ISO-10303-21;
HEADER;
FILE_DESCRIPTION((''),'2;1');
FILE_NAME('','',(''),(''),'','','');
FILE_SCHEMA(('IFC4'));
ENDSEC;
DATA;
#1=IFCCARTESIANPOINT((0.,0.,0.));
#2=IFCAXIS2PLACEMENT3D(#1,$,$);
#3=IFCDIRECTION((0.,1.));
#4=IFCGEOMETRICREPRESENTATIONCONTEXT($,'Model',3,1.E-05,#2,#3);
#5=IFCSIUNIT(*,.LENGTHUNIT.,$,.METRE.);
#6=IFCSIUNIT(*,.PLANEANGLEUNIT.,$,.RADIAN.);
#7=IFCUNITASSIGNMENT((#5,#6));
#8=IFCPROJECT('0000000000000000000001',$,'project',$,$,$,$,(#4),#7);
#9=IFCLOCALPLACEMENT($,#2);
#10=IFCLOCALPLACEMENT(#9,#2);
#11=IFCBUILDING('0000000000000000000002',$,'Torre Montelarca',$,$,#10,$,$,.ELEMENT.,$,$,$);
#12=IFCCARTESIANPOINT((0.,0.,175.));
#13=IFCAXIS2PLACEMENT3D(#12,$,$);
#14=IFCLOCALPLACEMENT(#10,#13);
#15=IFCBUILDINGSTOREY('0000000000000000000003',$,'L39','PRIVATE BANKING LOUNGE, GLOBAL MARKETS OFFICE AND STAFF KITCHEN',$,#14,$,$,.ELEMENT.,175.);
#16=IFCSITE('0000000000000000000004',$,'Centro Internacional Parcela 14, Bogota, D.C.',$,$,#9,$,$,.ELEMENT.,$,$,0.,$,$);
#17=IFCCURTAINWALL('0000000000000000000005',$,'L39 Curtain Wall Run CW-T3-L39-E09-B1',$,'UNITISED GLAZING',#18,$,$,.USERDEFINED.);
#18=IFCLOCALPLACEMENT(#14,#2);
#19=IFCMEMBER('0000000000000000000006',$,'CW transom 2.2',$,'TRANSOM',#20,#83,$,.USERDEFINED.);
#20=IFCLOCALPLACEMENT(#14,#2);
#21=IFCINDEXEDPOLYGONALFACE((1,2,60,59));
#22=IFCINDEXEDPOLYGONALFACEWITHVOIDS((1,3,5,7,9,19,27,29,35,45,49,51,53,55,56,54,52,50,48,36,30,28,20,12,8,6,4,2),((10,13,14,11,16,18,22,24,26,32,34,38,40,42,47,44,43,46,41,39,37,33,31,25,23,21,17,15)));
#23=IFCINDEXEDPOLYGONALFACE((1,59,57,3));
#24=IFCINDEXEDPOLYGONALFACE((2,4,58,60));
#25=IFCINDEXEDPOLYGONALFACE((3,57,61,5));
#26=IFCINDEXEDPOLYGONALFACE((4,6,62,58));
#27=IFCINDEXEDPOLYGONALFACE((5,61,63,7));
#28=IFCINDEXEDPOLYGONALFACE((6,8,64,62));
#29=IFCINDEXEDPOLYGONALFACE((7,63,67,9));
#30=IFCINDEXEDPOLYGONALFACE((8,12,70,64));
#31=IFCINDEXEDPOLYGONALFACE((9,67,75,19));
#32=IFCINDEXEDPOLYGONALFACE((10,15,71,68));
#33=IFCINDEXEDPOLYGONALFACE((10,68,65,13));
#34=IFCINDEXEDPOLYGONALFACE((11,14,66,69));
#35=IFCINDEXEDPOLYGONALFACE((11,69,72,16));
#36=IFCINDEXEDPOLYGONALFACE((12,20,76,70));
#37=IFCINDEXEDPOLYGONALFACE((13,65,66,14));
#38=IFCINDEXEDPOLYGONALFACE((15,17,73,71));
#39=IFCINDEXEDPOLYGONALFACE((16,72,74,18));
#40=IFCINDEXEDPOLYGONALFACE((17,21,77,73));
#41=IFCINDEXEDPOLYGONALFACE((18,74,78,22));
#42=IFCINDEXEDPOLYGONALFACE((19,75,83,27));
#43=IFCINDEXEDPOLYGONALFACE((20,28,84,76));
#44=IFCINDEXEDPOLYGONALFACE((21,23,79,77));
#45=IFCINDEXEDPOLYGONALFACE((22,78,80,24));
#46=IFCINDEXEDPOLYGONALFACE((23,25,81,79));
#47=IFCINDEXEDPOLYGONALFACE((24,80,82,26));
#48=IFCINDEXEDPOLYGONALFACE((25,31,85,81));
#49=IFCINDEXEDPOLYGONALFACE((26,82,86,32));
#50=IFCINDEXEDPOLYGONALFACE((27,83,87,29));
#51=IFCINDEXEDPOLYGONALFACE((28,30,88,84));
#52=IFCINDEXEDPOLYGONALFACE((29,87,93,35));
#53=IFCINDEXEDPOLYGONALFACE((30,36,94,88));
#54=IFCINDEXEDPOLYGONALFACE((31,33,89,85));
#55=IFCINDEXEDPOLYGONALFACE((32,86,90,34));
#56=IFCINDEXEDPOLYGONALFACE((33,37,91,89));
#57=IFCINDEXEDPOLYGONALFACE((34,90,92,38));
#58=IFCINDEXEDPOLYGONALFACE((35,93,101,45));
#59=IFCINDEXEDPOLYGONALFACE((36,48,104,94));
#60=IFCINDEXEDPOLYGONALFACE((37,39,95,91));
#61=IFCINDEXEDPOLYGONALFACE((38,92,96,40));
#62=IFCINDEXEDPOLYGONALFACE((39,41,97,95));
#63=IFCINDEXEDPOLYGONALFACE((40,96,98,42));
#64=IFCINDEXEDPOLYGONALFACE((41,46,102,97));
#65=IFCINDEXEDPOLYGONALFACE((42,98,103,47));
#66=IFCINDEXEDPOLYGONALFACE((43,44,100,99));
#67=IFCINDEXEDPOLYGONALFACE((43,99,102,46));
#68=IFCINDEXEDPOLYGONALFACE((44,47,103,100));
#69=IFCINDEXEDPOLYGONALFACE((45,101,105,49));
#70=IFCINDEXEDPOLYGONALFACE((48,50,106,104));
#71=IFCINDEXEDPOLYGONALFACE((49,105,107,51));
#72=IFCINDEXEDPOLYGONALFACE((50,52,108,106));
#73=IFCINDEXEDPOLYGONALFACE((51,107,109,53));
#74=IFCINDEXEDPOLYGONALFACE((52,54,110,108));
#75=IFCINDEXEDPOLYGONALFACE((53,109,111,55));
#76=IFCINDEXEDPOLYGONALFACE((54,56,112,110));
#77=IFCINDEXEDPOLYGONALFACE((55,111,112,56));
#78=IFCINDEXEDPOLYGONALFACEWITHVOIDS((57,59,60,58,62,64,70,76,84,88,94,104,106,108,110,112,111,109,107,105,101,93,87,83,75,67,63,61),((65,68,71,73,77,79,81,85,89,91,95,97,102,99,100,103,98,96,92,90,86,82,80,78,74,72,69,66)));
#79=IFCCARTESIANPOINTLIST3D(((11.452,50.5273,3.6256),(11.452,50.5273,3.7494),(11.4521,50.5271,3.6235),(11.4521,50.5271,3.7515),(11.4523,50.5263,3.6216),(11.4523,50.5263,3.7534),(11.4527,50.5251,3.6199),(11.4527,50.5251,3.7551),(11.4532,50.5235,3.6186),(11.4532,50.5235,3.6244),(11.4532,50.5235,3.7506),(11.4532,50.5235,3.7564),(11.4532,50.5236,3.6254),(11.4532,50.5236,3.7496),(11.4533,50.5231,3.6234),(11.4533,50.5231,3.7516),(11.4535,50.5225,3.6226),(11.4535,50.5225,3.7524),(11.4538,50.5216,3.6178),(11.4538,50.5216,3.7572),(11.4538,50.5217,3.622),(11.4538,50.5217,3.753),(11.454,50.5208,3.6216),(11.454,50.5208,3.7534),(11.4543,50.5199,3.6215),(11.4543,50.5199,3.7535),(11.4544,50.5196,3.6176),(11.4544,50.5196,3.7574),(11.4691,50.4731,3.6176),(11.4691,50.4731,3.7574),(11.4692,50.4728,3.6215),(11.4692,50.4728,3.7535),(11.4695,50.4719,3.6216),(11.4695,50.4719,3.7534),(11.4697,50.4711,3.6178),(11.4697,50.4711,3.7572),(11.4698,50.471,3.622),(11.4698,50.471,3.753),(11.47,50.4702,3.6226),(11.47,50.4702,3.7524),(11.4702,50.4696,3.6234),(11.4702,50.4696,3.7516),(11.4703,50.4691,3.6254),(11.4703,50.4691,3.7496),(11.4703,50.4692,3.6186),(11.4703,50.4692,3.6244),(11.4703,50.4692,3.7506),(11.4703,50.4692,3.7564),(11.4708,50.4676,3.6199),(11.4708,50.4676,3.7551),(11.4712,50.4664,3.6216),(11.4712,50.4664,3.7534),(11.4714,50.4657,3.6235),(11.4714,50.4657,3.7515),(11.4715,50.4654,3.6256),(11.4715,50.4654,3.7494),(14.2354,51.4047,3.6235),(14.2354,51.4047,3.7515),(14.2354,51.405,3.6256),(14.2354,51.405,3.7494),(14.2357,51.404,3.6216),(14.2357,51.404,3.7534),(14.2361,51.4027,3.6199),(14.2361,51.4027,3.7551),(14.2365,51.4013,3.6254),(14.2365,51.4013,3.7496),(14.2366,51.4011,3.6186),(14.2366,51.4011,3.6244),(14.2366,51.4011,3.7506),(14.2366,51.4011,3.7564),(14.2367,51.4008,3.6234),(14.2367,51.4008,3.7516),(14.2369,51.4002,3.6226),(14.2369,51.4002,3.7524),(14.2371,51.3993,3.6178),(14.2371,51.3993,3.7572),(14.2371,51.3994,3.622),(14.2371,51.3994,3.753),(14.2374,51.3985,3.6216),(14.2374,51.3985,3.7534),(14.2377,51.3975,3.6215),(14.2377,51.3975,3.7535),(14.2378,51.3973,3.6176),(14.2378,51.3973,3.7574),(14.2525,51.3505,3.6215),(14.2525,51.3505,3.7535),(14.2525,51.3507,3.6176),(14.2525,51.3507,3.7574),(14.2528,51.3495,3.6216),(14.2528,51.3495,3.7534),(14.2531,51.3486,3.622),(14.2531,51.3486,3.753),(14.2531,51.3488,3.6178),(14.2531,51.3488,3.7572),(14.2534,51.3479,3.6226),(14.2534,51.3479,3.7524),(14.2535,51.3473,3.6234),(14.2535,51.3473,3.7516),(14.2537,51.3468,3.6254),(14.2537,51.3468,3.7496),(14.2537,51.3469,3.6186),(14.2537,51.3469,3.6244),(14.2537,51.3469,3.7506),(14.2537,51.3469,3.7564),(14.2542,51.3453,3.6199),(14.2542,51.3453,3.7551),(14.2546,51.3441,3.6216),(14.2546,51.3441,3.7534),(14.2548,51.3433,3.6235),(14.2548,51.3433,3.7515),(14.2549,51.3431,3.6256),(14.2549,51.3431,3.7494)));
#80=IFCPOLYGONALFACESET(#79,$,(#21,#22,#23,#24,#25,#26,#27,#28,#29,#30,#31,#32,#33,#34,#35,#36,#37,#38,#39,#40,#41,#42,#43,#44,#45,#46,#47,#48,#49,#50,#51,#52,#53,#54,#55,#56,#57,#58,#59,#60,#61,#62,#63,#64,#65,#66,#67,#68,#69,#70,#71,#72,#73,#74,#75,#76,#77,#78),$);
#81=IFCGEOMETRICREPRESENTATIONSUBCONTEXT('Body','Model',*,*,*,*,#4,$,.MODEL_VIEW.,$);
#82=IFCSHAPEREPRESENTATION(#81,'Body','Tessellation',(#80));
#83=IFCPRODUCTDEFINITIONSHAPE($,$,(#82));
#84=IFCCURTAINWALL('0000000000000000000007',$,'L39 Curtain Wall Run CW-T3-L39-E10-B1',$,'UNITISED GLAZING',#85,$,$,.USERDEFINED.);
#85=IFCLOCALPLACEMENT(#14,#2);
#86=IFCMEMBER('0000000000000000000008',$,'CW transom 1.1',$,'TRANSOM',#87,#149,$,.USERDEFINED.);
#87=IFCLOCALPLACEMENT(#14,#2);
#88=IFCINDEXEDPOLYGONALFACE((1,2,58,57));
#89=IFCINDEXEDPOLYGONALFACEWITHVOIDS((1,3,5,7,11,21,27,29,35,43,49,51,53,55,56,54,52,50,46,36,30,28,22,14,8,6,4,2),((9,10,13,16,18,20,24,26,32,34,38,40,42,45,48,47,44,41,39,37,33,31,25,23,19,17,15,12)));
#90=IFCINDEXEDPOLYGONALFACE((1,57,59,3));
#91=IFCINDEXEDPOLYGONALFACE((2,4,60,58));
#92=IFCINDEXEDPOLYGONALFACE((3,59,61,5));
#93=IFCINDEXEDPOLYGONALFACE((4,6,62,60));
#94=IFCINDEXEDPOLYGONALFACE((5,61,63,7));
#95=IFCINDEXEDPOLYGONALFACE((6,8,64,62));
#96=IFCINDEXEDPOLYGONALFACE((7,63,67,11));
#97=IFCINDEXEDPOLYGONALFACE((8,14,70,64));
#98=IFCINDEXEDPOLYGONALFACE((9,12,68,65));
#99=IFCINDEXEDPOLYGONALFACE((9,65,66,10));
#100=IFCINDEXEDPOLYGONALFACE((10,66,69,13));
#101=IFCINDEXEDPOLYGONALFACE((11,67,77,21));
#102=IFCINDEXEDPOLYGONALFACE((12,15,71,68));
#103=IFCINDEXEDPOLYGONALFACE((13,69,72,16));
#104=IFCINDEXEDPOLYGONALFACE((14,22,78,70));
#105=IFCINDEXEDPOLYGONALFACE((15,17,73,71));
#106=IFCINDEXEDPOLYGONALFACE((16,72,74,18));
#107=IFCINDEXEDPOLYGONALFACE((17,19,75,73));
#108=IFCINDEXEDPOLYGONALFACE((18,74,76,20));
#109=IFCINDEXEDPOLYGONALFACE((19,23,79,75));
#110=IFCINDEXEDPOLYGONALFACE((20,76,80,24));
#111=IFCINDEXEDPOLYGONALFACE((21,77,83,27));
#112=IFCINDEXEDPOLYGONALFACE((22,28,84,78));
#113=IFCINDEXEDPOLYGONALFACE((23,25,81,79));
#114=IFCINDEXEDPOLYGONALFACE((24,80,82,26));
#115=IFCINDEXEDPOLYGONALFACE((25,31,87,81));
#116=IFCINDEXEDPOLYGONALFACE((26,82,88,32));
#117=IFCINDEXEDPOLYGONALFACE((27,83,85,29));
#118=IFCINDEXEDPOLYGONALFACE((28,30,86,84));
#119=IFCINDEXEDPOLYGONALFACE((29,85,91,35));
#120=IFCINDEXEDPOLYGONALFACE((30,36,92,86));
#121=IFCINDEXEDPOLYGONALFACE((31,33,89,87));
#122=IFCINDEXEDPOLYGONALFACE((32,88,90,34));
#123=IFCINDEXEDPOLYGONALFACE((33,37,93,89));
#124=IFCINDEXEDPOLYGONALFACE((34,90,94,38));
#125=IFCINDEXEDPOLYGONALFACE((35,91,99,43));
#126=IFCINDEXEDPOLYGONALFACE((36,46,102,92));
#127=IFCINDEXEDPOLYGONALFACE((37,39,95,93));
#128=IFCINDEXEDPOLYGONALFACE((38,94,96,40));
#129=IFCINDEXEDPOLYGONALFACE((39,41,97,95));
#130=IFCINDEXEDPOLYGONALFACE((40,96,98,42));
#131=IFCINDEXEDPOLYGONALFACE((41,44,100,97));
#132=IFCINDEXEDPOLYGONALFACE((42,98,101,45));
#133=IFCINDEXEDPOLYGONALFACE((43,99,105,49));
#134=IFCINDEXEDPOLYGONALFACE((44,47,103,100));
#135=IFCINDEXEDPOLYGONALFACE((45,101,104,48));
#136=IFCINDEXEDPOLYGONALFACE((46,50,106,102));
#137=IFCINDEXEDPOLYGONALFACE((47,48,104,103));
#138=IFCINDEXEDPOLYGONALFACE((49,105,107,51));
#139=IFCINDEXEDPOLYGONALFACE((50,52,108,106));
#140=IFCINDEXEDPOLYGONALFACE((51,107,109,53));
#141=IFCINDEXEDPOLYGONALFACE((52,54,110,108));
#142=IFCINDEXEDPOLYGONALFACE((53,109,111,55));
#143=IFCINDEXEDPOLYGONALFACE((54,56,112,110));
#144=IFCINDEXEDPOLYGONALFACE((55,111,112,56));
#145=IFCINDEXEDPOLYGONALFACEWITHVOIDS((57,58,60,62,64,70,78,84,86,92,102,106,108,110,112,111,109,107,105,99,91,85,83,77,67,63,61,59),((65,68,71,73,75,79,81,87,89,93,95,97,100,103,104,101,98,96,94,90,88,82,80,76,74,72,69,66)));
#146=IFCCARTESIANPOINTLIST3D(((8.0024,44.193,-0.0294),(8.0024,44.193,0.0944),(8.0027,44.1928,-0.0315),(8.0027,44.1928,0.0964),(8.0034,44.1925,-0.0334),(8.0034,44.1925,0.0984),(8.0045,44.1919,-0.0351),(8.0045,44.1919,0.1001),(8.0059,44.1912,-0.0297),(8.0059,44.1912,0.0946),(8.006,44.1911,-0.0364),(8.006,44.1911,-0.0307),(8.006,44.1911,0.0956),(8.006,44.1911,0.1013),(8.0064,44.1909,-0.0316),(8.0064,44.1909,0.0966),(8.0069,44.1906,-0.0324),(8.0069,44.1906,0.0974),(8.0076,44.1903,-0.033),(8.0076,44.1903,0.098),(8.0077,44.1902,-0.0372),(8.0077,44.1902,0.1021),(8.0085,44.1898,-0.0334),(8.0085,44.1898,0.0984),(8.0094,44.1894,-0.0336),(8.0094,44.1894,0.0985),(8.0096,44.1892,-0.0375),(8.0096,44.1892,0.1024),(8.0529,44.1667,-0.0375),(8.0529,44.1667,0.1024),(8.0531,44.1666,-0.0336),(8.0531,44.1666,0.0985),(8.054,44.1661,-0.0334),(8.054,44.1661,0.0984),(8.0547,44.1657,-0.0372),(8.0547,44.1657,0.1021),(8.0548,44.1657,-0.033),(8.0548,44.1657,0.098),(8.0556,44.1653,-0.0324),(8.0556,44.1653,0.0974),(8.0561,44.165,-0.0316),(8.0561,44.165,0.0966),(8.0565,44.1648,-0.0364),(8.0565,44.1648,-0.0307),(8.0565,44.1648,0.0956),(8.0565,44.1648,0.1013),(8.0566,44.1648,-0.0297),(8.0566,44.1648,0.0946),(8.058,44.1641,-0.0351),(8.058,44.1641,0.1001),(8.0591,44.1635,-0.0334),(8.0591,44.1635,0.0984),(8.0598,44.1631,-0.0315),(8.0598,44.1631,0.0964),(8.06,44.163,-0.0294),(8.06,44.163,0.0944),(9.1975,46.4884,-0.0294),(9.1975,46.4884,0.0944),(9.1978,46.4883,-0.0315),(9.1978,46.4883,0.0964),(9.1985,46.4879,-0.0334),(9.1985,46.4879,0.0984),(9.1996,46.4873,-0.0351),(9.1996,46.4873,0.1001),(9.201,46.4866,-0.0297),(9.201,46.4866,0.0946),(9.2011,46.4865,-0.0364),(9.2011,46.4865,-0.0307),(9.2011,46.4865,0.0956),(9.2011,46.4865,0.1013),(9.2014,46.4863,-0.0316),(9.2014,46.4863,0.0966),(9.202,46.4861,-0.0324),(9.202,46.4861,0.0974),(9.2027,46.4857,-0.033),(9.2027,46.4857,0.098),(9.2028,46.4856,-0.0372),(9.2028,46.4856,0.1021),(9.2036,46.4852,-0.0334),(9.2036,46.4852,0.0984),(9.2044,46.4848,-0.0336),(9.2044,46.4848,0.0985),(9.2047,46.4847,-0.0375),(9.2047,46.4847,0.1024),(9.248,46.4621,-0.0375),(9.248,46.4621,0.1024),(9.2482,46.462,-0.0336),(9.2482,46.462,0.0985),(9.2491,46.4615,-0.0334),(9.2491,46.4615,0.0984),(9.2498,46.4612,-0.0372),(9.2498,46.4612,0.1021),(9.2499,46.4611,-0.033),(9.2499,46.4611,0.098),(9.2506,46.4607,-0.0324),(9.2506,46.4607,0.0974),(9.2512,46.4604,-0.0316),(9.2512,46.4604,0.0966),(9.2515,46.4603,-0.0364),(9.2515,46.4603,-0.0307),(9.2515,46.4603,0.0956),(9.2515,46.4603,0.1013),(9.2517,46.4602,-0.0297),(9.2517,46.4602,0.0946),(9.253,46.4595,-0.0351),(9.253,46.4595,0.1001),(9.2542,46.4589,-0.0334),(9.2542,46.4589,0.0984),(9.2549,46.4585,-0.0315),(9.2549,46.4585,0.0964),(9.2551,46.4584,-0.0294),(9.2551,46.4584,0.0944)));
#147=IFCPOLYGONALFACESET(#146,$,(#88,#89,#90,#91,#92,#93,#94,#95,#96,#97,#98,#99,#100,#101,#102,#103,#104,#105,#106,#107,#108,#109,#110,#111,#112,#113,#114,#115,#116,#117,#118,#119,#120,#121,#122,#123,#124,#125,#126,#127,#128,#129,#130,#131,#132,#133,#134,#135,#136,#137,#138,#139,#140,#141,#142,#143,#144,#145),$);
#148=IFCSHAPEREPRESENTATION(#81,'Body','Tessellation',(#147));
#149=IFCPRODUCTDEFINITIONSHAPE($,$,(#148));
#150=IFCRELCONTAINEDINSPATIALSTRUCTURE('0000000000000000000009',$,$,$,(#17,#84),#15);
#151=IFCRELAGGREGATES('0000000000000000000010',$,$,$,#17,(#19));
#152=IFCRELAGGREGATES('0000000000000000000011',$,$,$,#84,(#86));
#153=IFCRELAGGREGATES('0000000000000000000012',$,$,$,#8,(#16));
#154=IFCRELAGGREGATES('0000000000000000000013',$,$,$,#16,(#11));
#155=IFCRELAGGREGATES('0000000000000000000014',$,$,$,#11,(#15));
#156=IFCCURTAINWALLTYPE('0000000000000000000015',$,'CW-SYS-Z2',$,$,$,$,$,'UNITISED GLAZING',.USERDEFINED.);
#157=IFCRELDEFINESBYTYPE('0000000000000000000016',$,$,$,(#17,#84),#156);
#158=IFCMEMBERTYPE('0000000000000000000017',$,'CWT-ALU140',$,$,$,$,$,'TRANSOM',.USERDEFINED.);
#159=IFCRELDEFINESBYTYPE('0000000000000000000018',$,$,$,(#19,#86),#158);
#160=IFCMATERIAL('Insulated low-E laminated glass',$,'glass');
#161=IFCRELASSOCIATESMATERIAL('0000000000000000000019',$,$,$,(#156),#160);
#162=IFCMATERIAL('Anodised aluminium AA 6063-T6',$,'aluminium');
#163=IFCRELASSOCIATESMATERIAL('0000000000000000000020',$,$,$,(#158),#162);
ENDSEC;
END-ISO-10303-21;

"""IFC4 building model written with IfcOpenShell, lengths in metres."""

from ifc_helpers import new_model, si_unit, direction, frame, origin, origin_2d, place, context, subcontext, project, spatial, hollow_rectangle, extrude, source, transform, mapped, material, material_profile, profile_set, type_object, element, aggregate, save


model = new_model("IFC4")

# Units and contexts
model_context = context("Model", 3, precision=1e-05, world=origin(), true_north=direction((0.0, 1.0)))
body_context = subcontext(model_context, "Body", "Model", "MODEL_VIEW")
ifc_project = project(units=[si_unit("LENGTHUNIT", "METRE"), si_unit("PLANEANGLEUNIT", "RADIAN")], contexts=[model_context])

# Site, building, storey
site_placement = place(None, origin())
site = spatial("IfcSite", under=ifc_project, at=site_placement, Name="Centro Internacional Parcela 14, Bogota, D.C.", CompositionType="ELEMENT", RefElevation=0.0)
building_placement = place(site_placement, origin())
building = spatial("IfcBuilding", under=site, at=building_placement, Name="Torre Montelarca", CompositionType="ELEMENT")
storey_placement = place(building_placement, frame((0.0, 0.0, 175.0)))
storey = spatial("IfcBuildingStorey", under=building, at=storey_placement, Name="L39", Description="PRIVATE BANKING LOUNGE, GLOBAL MARKETS OFFICE AND STAFF KITCHEN", CompositionType="ELEMENT", Elevation=175.0)

# Curtain walls, members
ifc_material_1 = material(Name="Insulated low-E laminated glass", Category="glass")
curtain_wall_type = type_object("IfcCurtainWallType", Name="CW-SYS-Z2", ElementType="UNITISED GLAZING", PredefinedType="USERDEFINED", material=ifc_material_1)
curtain_wall_1_placement = place(storey_placement, origin())
curtain_wall_1 = element("IfcCurtainWall", 1, at=curtain_wall_1_placement, inside=storey, type_object=curtain_wall_type, Name="L39 Curtain Wall Run CW-T3-L39-E09-B1", ObjectType="UNITISED GLAZING", PredefinedType="USERDEFINED")
ifc_material_2 = material(Name="Anodised aluminium AA 6063-T6", Category="aluminium")
ifc_material_profile_1 = material_profile(ifc_material_2, hollow_rectangle(XDim=0.0649, YDim=0.1399, WallThickness=0.0039, InnerFilletRadius=0.0039, OuterFilletRadius=0.0081, at=origin_2d()), Name="ALU65X140X4", Category="aluminium")
ifc_profile_set_1 = profile_set([ifc_material_profile_1], Name="Anodised aluminium AA 6063-T6")
member_type_1 = type_object("IfcMemberType", Name="CWT-ALU140", ElementType="TRANSOM", PredefinedType="USERDEFINED", material=ifc_profile_set_1)
shared_shape_1 = source(origin(), body_context, "Body", "SweptSolid", [
    extrude(hollow_rectangle(XDim=0.0649, YDim=0.1399, WallThickness=0.0039, InnerFilletRadius=0.0039, OuterFilletRadius=0.0081, at=origin_2d()), origin(), (0.0, 0.0, 1.0), 2.9185),
])
member_1_placement = place(storey_placement, frame((14.2451, 51.374, 3.6875), z_axis=(-0.95371, -0.300727, 0.0), x_axis=(0.300727, -0.95371, 0.0)))
member_1 = element("IfcMember", 2, at=member_1_placement, type_object=member_type_1, Name="CW transom 2.2", ObjectType="TRANSOM", PredefinedType="USERDEFINED", context=body_context, shape_type="MappedRepresentation", body=[
    mapped(shared_shape_1, transform((0.0, 0.0, 0.0), scale=1.0)),
])
curtain_wall_2_placement = place(storey_placement, origin())
curtain_wall_2 = element("IfcCurtainWall", 3, at=curtain_wall_2_placement, inside=storey, type_object=curtain_wall_type, Name="L39 Curtain Wall Run CW-T3-L39-E10-B1", ObjectType="UNITISED GLAZING", PredefinedType="USERDEFINED")
shared_shape_2 = source(origin(), body_context, "Body", "SweptSolid", [
    extrude(hollow_rectangle(XDim=0.0649, YDim=0.1399, WallThickness=0.0039, InnerFilletRadius=0.0039, OuterFilletRadius=0.0081, at=origin_2d()), origin(), (0.0, 0.0, 1.0), 2.5879),
])
member_2_placement = place(storey_placement, frame((9.2263, 46.4734, 0.0325), z_axis=(-0.461795, -0.886987, 0.0), x_axis=(0.886987, -0.461795, 0.0)))
member_2 = element("IfcMember", 4, at=member_2_placement, type_object=member_type_1, Name="CW transom 1.1", ObjectType="TRANSOM", PredefinedType="USERDEFINED", context=body_context, shape_type="MappedRepresentation", body=[
    mapped(shared_shape_2, transform((0.0, 0.0, 0.0), scale=1.0)),
])

aggregate(curtain_wall_1, [member_1])
aggregate(curtain_wall_2, [member_2])

save(model, "model.ifc")
